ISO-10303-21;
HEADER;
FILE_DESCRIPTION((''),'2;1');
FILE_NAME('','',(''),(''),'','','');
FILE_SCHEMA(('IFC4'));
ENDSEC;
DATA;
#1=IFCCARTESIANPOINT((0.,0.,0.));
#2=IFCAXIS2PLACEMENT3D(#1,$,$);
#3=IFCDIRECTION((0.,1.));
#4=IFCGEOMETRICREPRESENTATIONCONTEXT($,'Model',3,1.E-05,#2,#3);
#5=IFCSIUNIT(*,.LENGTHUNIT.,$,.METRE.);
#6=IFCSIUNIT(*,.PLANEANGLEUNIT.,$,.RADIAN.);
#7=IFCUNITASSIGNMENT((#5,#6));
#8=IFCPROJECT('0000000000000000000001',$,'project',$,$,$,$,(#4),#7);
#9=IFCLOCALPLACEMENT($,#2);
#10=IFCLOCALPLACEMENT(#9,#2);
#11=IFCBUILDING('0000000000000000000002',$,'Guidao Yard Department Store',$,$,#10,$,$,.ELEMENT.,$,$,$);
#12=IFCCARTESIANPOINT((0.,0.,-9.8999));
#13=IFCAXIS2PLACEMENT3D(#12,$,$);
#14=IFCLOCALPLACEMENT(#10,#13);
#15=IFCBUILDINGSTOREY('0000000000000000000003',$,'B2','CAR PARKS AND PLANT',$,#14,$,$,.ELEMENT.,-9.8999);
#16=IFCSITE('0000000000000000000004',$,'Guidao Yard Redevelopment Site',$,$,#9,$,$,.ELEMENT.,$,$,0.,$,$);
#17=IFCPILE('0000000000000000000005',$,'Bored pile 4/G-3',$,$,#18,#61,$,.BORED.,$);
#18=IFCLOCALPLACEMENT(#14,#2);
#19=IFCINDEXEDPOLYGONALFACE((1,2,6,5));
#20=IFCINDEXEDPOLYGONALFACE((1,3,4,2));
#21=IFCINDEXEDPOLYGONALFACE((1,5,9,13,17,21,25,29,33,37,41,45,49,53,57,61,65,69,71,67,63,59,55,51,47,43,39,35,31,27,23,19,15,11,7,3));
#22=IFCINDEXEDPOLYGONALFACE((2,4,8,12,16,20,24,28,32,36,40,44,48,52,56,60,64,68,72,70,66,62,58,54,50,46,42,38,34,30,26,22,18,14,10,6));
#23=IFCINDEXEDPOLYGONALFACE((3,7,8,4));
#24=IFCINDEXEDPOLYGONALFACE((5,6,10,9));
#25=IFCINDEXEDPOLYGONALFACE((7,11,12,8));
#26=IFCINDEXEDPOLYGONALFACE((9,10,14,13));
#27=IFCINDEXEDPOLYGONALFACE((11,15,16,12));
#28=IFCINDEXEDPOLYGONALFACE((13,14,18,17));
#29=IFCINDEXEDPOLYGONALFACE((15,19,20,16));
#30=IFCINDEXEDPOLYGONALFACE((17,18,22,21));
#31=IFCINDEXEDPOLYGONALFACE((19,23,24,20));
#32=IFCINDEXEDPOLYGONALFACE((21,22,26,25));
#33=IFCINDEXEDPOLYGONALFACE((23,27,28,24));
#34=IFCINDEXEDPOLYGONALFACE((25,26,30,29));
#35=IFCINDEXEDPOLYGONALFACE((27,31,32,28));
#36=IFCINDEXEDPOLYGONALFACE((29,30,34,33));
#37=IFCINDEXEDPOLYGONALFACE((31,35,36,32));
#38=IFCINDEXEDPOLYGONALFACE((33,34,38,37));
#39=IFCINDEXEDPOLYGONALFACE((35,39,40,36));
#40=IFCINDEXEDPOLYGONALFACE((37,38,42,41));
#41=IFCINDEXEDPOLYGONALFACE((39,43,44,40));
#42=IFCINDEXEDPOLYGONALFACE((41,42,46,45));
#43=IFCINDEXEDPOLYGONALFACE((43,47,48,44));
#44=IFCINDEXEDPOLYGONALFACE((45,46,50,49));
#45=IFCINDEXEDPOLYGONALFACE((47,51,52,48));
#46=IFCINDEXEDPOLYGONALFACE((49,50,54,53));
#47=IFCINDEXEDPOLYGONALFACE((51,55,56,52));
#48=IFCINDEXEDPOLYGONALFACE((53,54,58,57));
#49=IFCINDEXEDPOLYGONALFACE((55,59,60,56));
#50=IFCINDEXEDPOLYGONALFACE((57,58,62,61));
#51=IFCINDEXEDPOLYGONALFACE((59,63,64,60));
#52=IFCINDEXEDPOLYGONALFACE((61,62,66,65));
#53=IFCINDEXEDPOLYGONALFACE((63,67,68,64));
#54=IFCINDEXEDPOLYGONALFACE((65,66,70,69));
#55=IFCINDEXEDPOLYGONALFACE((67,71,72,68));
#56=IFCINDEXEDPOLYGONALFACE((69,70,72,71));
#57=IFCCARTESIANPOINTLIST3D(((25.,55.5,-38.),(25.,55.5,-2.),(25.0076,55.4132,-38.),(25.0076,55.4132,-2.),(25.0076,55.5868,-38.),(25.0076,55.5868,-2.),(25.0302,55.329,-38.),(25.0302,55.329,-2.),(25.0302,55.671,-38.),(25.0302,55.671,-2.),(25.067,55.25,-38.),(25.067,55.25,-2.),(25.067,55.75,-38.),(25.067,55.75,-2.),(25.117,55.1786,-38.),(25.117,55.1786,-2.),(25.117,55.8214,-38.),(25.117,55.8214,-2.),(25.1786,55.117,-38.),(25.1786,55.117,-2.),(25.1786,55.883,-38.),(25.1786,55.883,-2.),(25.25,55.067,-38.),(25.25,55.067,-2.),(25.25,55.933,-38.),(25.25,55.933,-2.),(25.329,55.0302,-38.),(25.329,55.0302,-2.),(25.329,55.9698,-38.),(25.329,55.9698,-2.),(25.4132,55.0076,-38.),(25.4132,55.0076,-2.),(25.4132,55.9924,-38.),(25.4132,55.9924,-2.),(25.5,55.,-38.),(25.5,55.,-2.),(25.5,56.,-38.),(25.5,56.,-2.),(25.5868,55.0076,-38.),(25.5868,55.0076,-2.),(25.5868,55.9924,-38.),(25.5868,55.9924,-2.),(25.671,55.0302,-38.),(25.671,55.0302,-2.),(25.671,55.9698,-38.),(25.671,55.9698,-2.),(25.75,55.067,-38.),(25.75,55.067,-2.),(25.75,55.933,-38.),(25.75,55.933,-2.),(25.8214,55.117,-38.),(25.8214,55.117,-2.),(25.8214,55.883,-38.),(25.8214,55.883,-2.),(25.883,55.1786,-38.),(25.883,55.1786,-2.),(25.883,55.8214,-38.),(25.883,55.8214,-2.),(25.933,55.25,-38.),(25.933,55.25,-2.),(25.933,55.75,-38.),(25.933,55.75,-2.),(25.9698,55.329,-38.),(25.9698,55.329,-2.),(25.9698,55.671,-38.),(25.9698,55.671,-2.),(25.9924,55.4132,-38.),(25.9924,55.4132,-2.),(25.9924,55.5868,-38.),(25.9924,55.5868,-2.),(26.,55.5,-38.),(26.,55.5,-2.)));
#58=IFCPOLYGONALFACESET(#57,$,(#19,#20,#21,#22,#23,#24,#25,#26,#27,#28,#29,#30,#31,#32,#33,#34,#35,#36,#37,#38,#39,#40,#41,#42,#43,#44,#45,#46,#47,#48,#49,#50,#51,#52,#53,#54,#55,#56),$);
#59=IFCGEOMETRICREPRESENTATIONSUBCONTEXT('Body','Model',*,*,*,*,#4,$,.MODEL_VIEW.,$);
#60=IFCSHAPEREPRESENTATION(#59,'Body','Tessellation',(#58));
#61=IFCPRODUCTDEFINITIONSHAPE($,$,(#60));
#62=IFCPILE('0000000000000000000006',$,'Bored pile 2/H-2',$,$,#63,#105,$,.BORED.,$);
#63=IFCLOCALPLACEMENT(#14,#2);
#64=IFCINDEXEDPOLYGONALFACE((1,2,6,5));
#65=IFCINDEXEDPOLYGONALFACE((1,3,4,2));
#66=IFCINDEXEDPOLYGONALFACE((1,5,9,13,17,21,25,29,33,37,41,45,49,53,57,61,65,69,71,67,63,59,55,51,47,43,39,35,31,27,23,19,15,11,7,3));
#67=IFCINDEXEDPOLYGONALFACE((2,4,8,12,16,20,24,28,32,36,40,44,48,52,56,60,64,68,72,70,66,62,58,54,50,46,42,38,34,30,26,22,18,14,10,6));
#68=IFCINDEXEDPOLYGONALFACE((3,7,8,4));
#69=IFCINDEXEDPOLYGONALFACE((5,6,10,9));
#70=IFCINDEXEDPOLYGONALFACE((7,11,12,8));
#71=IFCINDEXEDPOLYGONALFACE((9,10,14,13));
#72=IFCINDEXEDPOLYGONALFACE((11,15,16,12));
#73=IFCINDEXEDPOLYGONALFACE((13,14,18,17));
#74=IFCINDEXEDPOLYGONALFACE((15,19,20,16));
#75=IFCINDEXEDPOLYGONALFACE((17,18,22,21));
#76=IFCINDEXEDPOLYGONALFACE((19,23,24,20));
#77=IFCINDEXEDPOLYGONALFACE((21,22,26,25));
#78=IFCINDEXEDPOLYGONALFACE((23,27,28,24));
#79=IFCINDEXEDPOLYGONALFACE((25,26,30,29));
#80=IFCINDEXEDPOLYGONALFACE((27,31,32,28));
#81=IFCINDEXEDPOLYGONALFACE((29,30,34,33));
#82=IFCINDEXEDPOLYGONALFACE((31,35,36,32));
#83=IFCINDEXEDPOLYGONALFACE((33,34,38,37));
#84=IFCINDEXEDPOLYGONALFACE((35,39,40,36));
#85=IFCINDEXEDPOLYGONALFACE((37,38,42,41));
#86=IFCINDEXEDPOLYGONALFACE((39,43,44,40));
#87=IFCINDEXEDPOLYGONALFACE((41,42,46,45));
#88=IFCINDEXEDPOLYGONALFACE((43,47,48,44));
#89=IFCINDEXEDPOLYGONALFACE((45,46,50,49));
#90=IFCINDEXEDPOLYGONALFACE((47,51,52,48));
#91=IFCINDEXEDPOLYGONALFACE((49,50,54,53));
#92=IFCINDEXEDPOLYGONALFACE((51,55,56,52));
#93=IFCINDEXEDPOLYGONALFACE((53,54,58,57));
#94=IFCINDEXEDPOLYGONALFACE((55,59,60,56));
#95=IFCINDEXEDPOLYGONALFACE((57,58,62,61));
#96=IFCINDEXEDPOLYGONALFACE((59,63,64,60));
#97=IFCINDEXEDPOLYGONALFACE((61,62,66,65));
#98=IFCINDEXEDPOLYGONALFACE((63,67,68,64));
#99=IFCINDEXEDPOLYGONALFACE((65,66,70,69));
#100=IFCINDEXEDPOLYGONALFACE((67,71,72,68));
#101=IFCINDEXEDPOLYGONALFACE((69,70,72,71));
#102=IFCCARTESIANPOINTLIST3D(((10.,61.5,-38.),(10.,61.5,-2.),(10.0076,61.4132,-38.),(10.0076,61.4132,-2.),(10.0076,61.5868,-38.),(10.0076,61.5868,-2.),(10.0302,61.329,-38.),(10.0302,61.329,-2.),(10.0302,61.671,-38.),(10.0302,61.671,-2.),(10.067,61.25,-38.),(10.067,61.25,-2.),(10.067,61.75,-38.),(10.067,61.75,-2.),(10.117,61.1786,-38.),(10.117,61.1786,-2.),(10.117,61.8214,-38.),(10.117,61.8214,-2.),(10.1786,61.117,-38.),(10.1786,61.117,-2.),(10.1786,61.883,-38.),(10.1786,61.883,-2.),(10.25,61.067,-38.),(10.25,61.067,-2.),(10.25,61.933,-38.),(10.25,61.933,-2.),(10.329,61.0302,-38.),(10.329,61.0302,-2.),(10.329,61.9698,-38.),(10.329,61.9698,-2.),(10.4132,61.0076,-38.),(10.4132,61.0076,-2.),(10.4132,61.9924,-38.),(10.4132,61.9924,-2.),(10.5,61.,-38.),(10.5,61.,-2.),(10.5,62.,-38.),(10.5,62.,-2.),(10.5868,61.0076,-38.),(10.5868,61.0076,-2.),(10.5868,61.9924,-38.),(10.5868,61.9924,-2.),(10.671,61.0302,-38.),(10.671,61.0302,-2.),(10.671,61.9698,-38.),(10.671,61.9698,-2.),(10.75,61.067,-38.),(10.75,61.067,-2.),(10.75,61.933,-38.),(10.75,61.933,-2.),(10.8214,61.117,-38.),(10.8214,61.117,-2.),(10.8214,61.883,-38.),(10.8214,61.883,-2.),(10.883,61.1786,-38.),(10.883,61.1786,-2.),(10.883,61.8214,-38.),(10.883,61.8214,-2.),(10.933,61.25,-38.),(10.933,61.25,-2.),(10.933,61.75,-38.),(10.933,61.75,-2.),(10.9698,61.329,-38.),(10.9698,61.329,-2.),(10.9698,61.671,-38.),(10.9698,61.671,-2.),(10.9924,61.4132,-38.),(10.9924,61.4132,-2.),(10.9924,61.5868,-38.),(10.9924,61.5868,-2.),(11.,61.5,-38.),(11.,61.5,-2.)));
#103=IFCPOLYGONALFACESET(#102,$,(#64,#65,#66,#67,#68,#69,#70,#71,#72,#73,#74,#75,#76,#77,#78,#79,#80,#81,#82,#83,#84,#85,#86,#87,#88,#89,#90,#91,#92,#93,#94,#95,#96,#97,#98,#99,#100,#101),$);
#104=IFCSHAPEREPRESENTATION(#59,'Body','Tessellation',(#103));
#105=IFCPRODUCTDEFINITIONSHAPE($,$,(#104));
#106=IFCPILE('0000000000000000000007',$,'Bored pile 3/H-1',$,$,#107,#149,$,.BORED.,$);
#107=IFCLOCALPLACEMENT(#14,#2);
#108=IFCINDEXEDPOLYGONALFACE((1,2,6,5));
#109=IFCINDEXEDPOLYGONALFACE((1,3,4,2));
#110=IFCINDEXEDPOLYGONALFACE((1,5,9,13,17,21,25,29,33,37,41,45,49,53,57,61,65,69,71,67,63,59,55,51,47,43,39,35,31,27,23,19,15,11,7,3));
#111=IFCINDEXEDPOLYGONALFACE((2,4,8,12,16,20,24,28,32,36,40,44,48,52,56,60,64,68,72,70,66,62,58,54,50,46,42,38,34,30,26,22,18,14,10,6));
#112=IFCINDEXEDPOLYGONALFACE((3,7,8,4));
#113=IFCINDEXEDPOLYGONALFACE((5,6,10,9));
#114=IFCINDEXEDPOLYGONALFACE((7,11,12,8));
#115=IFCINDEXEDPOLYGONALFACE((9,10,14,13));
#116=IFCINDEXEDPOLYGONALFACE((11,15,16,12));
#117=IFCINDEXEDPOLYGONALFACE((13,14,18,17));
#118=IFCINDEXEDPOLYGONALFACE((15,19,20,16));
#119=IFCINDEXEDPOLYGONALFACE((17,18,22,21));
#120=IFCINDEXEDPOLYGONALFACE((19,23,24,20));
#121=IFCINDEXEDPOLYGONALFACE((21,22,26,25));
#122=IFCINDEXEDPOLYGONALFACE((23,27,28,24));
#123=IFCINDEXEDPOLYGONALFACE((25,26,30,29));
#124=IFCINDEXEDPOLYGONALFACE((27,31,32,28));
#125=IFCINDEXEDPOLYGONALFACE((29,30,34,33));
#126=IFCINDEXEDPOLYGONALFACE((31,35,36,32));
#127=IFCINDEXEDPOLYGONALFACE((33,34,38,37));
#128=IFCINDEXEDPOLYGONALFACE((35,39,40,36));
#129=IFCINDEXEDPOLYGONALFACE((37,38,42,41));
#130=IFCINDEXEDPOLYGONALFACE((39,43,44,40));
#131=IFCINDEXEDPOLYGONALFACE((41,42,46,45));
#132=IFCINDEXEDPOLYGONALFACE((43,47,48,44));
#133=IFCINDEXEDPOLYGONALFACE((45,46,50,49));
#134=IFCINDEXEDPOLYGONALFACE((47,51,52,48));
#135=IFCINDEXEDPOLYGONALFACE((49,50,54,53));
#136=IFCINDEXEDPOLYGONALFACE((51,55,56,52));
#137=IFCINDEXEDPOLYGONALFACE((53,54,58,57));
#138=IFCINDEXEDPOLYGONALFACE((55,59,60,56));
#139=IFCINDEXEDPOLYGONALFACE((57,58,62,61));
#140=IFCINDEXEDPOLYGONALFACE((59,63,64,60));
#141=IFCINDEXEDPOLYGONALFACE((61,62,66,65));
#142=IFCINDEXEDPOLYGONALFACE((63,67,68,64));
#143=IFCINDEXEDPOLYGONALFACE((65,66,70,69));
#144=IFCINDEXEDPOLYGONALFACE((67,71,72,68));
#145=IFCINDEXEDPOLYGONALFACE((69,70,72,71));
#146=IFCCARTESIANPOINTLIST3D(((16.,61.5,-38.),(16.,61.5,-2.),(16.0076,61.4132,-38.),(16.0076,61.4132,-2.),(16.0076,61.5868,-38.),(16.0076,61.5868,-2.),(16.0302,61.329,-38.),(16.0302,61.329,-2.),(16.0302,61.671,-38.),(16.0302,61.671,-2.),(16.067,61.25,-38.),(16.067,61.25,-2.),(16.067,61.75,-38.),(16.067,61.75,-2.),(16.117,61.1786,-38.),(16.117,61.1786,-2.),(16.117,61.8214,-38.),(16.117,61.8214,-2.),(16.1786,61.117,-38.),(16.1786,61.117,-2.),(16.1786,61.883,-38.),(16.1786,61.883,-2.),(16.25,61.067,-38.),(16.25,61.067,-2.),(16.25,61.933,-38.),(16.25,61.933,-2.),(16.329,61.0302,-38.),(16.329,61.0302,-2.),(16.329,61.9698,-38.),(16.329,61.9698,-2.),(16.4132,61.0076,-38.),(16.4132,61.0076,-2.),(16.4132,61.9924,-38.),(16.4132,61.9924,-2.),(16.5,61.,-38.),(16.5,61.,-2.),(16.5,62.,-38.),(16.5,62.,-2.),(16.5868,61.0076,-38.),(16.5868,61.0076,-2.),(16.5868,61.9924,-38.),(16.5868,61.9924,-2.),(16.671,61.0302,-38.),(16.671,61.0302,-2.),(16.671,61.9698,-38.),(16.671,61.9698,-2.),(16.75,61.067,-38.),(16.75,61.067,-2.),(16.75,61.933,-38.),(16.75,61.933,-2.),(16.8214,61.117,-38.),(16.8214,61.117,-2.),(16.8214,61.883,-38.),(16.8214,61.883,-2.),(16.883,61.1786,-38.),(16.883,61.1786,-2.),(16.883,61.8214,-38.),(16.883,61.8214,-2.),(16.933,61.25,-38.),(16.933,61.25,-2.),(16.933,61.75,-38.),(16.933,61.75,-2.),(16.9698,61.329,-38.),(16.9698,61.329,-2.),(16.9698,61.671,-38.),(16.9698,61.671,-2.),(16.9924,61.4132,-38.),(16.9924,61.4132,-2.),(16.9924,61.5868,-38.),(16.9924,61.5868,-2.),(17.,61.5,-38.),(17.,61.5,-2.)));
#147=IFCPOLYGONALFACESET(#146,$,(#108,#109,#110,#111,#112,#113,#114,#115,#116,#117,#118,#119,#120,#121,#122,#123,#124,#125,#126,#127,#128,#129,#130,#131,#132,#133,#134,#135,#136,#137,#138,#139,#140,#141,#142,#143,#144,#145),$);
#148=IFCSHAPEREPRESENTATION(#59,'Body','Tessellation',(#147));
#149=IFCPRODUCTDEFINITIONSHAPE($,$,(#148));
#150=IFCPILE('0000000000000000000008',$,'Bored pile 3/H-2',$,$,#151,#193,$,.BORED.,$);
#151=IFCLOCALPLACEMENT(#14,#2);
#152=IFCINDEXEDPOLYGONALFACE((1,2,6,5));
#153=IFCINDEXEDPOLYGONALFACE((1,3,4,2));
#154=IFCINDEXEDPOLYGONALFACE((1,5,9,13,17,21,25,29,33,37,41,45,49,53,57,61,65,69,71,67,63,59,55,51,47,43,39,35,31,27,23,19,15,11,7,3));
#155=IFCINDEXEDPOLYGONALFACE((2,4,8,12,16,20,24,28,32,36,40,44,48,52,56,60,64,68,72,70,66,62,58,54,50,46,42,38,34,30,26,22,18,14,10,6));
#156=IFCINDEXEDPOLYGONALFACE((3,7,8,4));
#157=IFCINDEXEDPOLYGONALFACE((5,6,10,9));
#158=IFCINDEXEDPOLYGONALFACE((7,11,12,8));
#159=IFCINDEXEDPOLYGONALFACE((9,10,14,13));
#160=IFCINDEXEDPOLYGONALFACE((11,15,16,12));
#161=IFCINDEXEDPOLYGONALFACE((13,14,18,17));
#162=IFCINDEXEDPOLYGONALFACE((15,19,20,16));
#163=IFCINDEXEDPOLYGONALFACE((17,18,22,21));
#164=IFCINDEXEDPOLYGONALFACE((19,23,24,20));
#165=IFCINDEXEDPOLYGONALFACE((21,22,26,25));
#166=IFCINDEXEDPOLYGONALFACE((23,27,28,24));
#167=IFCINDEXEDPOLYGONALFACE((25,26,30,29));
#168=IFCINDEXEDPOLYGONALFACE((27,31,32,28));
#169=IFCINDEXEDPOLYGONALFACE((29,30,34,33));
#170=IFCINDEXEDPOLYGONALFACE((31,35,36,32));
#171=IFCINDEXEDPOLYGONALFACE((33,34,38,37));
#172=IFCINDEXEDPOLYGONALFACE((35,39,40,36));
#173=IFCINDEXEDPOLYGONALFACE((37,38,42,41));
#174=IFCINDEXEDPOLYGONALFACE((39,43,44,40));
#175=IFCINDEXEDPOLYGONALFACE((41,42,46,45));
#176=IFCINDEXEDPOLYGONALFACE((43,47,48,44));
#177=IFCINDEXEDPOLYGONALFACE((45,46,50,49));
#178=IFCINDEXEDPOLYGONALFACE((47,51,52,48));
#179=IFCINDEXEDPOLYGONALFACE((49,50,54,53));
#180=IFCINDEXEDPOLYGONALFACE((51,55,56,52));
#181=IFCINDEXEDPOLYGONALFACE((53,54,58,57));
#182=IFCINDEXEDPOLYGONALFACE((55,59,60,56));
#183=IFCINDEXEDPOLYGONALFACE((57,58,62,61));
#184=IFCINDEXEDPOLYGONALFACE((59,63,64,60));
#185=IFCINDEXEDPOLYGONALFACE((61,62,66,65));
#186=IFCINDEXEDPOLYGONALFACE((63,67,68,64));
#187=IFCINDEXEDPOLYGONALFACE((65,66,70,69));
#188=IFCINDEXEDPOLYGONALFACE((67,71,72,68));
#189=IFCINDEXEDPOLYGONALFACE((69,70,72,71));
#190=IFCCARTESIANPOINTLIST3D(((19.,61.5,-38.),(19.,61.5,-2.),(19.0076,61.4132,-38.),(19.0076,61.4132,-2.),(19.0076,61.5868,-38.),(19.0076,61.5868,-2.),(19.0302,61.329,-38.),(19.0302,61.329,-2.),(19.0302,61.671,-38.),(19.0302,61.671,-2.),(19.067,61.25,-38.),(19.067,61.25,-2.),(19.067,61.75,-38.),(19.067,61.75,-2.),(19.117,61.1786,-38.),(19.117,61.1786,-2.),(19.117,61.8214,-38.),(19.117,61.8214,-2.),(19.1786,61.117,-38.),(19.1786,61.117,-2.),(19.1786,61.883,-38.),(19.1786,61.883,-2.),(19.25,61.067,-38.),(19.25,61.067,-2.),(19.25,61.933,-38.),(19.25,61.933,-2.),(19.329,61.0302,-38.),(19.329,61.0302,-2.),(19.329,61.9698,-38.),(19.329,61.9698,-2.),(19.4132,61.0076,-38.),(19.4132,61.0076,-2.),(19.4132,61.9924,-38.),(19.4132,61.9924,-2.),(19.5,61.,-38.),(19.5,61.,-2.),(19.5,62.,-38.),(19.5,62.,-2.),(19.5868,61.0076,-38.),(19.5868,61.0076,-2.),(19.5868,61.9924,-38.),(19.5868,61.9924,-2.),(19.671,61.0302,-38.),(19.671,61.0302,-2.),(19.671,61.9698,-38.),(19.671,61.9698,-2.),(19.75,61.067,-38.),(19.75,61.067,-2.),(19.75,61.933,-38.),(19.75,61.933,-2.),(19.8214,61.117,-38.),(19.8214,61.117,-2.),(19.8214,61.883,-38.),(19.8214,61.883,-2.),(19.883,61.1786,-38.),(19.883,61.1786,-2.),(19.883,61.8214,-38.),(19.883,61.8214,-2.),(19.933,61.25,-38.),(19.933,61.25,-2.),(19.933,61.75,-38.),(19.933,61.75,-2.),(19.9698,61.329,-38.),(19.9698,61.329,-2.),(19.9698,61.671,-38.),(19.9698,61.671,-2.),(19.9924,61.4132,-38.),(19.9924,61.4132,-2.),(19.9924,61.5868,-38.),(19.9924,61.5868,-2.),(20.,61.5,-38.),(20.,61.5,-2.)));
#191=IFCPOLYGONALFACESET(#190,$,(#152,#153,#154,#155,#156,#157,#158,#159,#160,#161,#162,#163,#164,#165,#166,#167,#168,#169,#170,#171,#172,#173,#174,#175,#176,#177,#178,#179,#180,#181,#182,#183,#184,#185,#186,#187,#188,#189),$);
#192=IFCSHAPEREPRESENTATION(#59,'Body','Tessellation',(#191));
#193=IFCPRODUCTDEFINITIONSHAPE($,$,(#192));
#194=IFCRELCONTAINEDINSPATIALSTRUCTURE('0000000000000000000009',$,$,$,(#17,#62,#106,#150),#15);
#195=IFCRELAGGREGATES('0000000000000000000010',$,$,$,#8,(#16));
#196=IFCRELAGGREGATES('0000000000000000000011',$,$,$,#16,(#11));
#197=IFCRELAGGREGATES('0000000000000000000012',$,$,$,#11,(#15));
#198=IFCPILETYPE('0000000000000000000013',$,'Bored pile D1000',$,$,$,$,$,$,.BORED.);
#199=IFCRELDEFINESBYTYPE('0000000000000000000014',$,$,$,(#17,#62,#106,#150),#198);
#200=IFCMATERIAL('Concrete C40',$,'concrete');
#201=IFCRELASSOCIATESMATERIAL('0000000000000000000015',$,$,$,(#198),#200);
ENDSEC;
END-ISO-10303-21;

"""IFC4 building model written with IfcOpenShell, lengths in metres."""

from ifc_helpers import new_model, si_unit, direction, frame, origin, origin_2d, place, context, subcontext, project, spatial, circle, extrude, material, material_profile, profile_set, type_object, element, save


model = new_model("IFC4")

# Units and contexts
model_context = context("Model", 3, precision=1e-05, world=origin(), true_north=direction((0.0, 1.0)))
body_context = subcontext(model_context, "Body", "Model", "MODEL_VIEW")
ifc_project = project(units=[si_unit("LENGTHUNIT", "METRE"), si_unit("PLANEANGLEUNIT", "RADIAN")], contexts=[model_context])

# Site, building, storey
site_placement = place(None, origin())
site = spatial("IfcSite", under=ifc_project, at=site_placement, Name="Guidao Yard Redevelopment Site", CompositionType="ELEMENT", RefElevation=0.0)
building_placement = place(site_placement, origin())
building = spatial("IfcBuilding", under=site, at=building_placement, Name="Guidao Yard Department Store", CompositionType="ELEMENT")
storey_placement = place(building_placement, frame((0.0, 0.0, -9.8999)))
storey = spatial("IfcBuildingStorey", under=building, at=storey_placement, Name="B2", Description="CAR PARKS AND PLANT", CompositionType="ELEMENT", Elevation=-9.8999)

# Piles
ifc_material_1 = material(Name="Concrete C40", Category="concrete")
ifc_material_profile_1 = material_profile(ifc_material_1, circle(Radius=0.5, at=origin_2d()), Name="Bored pile D1000")
ifc_profile_set_1 = profile_set([ifc_material_profile_1], Name="Concrete C40")
pile_type = type_object("IfcPileType", Name="Bored pile D1000", PredefinedType="BORED", material=ifc_profile_set_1)
for number, where, z_axis, x_axis, name in (
    (1, (25.5, 55.5, -2.0), (0.0, 0.0, -1.0), (1.0, 0.0, 0.0), "Bored pile 4/G-3"),
    (2, (10.5, 61.5, -2.0), (0.0, 0.0, -1.0), (1.0, 0.0, 0.0), "Bored pile 2/H-2"),
    (3, (16.5, 61.5, -2.0), (0.0, 0.0, -1.0), (1.0, 0.0, 0.0), "Bored pile 3/H-1"),
    (4, (19.5, 61.5, -2.0), (0.0, 0.0, -1.0), (1.0, 0.0, 0.0), "Bored pile 3/H-2"),
):
    element("IfcPile", number, at=place(storey_placement, frame(where, z_axis=z_axis, x_axis=x_axis)), inside=storey, type_object=pile_type, Name=name, PredefinedType="BORED", context=body_context, shape_type="SweptSolid", body=[
        extrude(circle(Radius=0.5, at=origin_2d()), origin(), (0.0, 0.0, 1.0), 36.0),
    ])

save(model, "model.ifc")
